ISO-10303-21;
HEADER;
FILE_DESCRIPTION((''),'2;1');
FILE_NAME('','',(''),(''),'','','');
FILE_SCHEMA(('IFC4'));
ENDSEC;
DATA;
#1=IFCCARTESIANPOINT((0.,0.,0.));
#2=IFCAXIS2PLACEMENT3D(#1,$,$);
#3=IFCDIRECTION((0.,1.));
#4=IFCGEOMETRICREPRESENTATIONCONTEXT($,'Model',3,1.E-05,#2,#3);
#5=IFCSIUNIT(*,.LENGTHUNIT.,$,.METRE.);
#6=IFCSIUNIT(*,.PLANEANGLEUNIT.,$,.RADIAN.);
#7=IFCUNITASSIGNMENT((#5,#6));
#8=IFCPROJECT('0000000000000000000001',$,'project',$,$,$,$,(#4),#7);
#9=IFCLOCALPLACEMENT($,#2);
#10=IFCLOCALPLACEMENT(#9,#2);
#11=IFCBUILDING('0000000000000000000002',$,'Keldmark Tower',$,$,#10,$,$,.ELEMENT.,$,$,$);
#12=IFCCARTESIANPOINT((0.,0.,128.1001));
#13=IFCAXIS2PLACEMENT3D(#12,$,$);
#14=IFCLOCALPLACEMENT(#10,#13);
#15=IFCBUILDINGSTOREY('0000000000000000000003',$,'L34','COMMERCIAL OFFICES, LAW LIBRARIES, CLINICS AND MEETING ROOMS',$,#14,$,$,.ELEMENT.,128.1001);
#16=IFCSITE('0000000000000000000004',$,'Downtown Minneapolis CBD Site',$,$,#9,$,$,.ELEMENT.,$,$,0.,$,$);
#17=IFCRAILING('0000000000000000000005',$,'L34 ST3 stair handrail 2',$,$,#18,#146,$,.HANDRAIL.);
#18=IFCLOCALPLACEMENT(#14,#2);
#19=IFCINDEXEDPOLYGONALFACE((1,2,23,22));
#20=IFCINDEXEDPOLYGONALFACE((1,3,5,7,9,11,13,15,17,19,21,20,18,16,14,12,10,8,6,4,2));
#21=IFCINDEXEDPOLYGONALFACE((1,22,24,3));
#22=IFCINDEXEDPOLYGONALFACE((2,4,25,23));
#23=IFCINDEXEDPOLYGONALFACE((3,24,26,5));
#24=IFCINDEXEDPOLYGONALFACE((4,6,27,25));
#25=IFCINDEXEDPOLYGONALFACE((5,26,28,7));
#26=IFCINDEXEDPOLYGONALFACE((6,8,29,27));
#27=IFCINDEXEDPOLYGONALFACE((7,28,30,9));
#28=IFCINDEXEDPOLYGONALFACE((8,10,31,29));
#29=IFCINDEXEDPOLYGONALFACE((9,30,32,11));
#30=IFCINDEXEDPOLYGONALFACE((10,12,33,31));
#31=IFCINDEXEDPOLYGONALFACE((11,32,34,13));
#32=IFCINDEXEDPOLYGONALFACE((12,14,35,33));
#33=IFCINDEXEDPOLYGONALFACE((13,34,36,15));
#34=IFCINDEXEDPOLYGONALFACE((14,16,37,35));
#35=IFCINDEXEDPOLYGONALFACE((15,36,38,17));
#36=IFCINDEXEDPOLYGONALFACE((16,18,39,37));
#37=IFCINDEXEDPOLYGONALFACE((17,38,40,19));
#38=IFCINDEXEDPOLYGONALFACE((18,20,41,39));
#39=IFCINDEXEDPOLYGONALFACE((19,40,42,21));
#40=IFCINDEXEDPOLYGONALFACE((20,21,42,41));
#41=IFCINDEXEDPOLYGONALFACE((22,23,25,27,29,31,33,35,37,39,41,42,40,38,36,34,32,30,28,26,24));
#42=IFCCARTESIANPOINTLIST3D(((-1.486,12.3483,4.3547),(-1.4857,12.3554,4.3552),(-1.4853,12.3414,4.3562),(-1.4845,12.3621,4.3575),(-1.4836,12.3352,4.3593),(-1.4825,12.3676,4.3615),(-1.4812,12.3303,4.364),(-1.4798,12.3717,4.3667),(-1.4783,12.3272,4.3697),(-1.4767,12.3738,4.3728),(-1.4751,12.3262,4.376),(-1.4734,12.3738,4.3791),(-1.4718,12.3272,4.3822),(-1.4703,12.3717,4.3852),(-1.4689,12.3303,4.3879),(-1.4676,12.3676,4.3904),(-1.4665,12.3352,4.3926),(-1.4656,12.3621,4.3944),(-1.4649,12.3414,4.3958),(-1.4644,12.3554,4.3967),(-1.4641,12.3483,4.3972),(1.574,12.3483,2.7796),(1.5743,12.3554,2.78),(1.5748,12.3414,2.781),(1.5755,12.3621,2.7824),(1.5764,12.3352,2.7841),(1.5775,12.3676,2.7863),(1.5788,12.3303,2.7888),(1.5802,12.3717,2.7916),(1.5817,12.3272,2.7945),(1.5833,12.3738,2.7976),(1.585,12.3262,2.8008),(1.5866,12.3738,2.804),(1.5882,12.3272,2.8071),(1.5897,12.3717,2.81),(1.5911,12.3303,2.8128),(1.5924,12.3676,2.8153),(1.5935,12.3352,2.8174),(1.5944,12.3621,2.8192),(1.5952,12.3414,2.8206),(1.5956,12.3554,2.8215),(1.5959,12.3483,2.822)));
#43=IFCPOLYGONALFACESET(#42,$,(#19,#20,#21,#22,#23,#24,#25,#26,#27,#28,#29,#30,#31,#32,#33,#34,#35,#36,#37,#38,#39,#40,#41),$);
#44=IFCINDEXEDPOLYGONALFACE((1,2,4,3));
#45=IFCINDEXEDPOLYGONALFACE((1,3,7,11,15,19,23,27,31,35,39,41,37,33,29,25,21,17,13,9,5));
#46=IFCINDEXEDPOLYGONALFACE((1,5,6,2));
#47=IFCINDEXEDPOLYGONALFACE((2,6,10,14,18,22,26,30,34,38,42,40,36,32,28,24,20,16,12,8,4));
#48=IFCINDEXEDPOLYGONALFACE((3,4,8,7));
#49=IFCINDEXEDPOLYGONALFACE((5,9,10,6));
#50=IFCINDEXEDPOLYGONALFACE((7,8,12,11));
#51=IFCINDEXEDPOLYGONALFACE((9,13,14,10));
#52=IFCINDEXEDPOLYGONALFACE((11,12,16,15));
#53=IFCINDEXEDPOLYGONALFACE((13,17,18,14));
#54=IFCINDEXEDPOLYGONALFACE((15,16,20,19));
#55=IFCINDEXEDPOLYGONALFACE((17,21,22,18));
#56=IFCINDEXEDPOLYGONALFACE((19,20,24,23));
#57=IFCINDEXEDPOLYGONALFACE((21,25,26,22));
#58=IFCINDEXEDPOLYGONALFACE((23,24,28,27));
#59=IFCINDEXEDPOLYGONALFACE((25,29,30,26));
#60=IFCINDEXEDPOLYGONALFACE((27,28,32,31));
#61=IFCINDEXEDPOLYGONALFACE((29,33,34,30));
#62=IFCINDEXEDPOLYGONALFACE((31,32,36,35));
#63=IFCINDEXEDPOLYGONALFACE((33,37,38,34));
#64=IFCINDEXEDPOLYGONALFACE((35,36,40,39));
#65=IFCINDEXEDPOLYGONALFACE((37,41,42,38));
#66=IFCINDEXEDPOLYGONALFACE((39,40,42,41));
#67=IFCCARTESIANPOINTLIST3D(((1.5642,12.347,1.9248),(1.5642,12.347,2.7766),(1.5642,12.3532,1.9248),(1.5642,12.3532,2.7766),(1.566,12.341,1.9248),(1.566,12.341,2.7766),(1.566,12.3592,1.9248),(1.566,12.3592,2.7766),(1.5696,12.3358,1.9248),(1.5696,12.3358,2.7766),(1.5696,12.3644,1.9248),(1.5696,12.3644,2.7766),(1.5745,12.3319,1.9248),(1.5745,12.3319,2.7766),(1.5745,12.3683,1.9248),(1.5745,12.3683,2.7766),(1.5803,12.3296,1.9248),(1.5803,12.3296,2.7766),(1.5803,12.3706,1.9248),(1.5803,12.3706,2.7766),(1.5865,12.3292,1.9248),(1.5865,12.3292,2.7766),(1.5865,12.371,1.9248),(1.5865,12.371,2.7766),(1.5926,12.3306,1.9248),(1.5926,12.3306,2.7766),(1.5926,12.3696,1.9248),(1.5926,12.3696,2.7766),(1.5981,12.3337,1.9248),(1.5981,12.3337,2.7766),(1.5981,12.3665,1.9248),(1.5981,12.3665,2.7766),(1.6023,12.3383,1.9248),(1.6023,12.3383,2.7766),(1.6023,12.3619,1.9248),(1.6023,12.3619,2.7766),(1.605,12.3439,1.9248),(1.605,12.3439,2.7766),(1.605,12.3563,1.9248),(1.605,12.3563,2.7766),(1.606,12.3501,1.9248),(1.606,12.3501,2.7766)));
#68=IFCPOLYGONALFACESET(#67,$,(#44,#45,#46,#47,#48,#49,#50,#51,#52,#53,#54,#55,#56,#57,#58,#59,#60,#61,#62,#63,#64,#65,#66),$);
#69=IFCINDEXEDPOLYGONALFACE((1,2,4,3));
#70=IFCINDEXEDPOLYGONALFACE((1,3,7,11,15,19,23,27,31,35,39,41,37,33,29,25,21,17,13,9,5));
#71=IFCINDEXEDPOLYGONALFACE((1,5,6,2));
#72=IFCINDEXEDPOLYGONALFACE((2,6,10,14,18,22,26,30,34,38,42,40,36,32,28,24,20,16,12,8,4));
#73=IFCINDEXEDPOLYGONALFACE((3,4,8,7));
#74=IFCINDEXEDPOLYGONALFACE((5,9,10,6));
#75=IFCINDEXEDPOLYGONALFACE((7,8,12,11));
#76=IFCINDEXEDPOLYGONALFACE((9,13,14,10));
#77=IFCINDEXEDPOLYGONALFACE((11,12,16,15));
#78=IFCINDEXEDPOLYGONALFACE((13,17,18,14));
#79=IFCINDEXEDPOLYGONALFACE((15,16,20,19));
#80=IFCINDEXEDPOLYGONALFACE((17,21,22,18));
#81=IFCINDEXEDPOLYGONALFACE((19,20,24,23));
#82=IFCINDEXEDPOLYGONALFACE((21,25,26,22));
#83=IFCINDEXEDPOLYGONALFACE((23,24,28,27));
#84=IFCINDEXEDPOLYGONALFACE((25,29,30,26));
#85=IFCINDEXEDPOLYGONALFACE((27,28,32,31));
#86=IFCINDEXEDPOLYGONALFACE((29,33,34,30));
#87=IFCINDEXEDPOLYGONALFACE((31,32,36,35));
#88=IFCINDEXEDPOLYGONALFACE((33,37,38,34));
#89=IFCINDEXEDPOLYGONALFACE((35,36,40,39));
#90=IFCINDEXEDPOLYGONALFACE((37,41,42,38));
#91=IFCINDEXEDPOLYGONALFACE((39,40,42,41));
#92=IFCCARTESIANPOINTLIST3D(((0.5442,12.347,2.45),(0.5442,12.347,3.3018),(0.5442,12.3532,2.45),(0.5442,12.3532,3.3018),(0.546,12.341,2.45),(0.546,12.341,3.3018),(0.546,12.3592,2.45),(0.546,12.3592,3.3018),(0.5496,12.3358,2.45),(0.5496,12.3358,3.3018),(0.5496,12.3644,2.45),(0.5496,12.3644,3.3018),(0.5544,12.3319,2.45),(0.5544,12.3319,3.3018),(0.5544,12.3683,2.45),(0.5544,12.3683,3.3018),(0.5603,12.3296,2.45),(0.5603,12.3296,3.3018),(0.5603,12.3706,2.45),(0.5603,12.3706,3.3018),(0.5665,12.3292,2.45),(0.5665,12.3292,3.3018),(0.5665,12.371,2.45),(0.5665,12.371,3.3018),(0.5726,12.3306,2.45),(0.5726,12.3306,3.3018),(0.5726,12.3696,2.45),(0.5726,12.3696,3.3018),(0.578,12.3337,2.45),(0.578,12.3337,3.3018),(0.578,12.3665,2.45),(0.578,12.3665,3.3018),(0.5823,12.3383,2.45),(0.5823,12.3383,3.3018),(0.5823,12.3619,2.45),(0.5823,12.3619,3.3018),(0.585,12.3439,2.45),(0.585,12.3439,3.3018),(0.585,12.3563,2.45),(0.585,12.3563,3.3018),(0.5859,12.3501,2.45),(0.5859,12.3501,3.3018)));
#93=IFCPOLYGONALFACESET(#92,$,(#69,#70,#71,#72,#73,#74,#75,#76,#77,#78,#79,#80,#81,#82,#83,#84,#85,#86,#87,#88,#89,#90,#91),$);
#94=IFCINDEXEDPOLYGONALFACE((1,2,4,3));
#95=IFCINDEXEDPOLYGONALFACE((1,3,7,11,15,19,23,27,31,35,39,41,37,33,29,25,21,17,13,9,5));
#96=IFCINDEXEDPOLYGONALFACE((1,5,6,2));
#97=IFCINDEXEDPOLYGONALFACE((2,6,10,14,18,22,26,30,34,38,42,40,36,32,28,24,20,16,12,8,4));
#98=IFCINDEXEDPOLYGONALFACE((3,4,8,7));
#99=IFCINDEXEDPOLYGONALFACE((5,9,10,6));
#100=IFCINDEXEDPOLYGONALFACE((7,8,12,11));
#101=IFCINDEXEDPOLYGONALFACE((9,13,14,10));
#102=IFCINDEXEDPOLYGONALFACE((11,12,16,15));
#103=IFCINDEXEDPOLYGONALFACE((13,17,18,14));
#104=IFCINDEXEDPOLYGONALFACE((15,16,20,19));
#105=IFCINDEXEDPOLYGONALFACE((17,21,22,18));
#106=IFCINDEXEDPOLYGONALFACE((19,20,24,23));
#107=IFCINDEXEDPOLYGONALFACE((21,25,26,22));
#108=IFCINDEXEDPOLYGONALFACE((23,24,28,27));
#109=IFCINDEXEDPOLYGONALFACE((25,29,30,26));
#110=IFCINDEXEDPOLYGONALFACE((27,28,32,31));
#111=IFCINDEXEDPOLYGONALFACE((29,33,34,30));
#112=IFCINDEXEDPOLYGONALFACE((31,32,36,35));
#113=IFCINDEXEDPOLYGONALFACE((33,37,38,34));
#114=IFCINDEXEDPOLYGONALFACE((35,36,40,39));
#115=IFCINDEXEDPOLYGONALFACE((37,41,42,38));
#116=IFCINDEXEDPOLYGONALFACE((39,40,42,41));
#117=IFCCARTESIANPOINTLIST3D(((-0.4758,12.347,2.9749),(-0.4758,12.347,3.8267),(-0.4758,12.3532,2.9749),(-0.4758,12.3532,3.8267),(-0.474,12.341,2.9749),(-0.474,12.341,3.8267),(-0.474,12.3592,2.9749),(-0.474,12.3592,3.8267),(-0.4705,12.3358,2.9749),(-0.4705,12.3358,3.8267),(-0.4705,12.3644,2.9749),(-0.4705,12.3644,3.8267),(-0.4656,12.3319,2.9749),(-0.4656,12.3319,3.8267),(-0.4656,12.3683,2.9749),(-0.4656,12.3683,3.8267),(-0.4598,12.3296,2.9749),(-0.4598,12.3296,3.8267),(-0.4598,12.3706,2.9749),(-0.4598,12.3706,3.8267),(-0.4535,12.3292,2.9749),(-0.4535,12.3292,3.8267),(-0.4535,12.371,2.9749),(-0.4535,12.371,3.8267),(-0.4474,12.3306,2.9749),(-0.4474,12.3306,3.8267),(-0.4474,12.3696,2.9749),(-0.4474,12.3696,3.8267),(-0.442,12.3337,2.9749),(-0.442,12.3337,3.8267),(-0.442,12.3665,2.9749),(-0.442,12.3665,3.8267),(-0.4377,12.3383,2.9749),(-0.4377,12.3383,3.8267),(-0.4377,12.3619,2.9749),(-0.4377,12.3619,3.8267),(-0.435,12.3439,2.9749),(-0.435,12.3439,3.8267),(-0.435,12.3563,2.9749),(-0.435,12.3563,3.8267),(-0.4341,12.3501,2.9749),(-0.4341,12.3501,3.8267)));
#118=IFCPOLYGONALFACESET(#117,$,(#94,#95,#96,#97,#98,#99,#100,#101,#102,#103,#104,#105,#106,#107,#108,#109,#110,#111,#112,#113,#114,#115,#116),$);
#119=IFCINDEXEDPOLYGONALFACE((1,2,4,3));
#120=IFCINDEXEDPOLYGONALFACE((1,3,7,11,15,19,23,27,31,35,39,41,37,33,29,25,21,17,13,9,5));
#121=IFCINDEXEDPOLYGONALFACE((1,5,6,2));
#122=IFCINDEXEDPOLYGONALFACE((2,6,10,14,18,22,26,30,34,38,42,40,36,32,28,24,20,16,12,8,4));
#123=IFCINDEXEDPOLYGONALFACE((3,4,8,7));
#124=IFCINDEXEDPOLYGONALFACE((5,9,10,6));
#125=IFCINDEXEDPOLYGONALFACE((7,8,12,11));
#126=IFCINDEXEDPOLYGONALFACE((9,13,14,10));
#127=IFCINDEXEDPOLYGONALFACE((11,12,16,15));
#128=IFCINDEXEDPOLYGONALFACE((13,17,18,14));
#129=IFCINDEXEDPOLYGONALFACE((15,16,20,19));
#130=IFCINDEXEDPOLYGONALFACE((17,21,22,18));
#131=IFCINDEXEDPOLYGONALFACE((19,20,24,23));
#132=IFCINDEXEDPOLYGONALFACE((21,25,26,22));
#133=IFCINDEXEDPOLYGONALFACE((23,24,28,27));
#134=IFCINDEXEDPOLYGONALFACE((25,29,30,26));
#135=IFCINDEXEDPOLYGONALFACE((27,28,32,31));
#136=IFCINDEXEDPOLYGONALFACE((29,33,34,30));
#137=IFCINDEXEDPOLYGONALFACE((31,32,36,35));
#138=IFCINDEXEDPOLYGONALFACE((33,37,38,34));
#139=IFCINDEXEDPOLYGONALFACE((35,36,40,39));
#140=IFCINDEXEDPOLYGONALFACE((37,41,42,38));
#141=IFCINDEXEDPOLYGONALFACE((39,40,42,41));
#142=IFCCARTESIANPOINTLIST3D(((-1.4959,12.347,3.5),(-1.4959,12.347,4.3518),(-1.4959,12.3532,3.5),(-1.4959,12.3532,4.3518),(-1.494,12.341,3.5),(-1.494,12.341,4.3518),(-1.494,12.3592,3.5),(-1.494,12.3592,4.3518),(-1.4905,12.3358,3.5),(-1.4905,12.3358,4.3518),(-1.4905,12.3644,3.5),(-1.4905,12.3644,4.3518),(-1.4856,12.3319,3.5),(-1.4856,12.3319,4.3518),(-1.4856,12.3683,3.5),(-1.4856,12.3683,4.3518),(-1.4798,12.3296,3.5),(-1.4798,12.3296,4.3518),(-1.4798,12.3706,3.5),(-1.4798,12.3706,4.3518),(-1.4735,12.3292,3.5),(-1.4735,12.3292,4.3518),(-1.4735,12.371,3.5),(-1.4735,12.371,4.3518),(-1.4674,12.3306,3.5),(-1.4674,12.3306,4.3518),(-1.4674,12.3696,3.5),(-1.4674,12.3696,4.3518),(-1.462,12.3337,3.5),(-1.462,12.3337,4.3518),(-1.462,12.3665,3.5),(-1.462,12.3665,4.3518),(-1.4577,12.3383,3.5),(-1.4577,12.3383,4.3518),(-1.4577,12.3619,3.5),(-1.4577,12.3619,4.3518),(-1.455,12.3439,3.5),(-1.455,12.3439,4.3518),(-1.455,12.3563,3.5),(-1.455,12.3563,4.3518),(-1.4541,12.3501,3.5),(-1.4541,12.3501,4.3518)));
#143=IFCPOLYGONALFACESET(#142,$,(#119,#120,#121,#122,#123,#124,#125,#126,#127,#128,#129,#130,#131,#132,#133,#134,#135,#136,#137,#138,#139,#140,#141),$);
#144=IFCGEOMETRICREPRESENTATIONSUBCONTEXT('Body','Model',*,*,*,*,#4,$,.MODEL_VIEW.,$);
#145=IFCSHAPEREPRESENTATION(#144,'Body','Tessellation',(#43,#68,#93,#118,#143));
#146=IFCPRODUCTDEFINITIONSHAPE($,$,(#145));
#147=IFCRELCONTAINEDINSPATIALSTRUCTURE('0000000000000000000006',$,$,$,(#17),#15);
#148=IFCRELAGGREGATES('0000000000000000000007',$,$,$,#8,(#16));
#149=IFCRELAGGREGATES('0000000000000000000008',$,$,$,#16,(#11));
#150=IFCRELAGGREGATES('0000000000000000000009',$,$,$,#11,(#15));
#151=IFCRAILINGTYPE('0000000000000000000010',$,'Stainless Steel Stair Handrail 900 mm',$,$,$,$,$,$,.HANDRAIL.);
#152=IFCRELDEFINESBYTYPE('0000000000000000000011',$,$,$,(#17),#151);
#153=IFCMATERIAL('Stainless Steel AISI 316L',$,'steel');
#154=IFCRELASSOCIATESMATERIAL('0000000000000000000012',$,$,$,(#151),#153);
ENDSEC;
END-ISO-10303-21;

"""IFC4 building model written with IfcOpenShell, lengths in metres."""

from ifc_helpers import new_model, si_unit, direction, frame, origin, origin_2d, place, context, subcontext, project, spatial, circle, extrude, material, type_object, element, save


model = new_model("IFC4")

# Units and contexts
model_context = context("Model", 3, precision=1e-05, world=origin(), true_north=direction((0.0, 1.0)))
body_context = subcontext(model_context, "Body", "Model", "MODEL_VIEW")
ifc_project = project(units=[si_unit("LENGTHUNIT", "METRE"), si_unit("PLANEANGLEUNIT", "RADIAN")], contexts=[model_context])

# Site, building, storey
site_placement = place(None, origin())
site = spatial("IfcSite", under=ifc_project, at=site_placement, Name="Downtown Minneapolis CBD Site", CompositionType="ELEMENT", RefElevation=0.0)
building_placement = place(site_placement, origin())
building = spatial("IfcBuilding", under=site, at=building_placement, Name="Keldmark Tower", CompositionType="ELEMENT")
storey_placement = place(building_placement, frame((0.0, 0.0, 128.1001)))
storey = spatial("IfcBuildingStorey", under=building, at=storey_placement, Name="L34", Description="COMMERCIAL OFFICES, LAW LIBRARIES, CLINICS AND MEETING ROOMS", CompositionType="ELEMENT", Elevation=128.1001)

# Railing
ifc_material_1 = material(Name="Stainless Steel AISI 316L", Category="steel")
railing_type_1 = type_object("IfcRailingType", Name="Stainless Steel Stair Handrail 900 mm", PredefinedType="HANDRAIL", material=ifc_material_1)
railing_1_placement = place(storey_placement, frame((1.585, 12.3501, 1.9248)))
element("IfcRailing", 1, at=railing_1_placement, inside=storey, type_object=railing_type_1, Name="L34 ST3 stair handrail 2", PredefinedType="HANDRAIL", context=body_context, shape_type="SweptSolid", body=[
    extrude(circle(Radius=0.0239, at=origin_2d()), frame((0.0, 0.0, 0.876), z_axis=(-0.889116, 0.0, 0.457681), x_axis=(0.0, -1.0, 0.0)), (0.0, 0.0, 1.0), 3.4417),
    extrude(circle(Radius=0.021, at=origin_2d()), origin(), (0.0, 0.0, 1.0), 0.8518),
    extrude(circle(Radius=0.021, at=origin_2d()), frame((-1.02, 0.0, 0.5251)), (0.0, 0.0, 1.0), 0.8518),
    extrude(circle(Radius=0.021, at=origin_2d()), frame((-2.04, 0.0, 1.05)), (0.0, 0.0, 1.0), 0.8518),
    extrude(circle(Radius=0.021, at=origin_2d()), frame((-3.0601, 0.0, 1.5752)), (0.0, 0.0, 1.0), 0.8518),
])

save(model, "model.ifc")
